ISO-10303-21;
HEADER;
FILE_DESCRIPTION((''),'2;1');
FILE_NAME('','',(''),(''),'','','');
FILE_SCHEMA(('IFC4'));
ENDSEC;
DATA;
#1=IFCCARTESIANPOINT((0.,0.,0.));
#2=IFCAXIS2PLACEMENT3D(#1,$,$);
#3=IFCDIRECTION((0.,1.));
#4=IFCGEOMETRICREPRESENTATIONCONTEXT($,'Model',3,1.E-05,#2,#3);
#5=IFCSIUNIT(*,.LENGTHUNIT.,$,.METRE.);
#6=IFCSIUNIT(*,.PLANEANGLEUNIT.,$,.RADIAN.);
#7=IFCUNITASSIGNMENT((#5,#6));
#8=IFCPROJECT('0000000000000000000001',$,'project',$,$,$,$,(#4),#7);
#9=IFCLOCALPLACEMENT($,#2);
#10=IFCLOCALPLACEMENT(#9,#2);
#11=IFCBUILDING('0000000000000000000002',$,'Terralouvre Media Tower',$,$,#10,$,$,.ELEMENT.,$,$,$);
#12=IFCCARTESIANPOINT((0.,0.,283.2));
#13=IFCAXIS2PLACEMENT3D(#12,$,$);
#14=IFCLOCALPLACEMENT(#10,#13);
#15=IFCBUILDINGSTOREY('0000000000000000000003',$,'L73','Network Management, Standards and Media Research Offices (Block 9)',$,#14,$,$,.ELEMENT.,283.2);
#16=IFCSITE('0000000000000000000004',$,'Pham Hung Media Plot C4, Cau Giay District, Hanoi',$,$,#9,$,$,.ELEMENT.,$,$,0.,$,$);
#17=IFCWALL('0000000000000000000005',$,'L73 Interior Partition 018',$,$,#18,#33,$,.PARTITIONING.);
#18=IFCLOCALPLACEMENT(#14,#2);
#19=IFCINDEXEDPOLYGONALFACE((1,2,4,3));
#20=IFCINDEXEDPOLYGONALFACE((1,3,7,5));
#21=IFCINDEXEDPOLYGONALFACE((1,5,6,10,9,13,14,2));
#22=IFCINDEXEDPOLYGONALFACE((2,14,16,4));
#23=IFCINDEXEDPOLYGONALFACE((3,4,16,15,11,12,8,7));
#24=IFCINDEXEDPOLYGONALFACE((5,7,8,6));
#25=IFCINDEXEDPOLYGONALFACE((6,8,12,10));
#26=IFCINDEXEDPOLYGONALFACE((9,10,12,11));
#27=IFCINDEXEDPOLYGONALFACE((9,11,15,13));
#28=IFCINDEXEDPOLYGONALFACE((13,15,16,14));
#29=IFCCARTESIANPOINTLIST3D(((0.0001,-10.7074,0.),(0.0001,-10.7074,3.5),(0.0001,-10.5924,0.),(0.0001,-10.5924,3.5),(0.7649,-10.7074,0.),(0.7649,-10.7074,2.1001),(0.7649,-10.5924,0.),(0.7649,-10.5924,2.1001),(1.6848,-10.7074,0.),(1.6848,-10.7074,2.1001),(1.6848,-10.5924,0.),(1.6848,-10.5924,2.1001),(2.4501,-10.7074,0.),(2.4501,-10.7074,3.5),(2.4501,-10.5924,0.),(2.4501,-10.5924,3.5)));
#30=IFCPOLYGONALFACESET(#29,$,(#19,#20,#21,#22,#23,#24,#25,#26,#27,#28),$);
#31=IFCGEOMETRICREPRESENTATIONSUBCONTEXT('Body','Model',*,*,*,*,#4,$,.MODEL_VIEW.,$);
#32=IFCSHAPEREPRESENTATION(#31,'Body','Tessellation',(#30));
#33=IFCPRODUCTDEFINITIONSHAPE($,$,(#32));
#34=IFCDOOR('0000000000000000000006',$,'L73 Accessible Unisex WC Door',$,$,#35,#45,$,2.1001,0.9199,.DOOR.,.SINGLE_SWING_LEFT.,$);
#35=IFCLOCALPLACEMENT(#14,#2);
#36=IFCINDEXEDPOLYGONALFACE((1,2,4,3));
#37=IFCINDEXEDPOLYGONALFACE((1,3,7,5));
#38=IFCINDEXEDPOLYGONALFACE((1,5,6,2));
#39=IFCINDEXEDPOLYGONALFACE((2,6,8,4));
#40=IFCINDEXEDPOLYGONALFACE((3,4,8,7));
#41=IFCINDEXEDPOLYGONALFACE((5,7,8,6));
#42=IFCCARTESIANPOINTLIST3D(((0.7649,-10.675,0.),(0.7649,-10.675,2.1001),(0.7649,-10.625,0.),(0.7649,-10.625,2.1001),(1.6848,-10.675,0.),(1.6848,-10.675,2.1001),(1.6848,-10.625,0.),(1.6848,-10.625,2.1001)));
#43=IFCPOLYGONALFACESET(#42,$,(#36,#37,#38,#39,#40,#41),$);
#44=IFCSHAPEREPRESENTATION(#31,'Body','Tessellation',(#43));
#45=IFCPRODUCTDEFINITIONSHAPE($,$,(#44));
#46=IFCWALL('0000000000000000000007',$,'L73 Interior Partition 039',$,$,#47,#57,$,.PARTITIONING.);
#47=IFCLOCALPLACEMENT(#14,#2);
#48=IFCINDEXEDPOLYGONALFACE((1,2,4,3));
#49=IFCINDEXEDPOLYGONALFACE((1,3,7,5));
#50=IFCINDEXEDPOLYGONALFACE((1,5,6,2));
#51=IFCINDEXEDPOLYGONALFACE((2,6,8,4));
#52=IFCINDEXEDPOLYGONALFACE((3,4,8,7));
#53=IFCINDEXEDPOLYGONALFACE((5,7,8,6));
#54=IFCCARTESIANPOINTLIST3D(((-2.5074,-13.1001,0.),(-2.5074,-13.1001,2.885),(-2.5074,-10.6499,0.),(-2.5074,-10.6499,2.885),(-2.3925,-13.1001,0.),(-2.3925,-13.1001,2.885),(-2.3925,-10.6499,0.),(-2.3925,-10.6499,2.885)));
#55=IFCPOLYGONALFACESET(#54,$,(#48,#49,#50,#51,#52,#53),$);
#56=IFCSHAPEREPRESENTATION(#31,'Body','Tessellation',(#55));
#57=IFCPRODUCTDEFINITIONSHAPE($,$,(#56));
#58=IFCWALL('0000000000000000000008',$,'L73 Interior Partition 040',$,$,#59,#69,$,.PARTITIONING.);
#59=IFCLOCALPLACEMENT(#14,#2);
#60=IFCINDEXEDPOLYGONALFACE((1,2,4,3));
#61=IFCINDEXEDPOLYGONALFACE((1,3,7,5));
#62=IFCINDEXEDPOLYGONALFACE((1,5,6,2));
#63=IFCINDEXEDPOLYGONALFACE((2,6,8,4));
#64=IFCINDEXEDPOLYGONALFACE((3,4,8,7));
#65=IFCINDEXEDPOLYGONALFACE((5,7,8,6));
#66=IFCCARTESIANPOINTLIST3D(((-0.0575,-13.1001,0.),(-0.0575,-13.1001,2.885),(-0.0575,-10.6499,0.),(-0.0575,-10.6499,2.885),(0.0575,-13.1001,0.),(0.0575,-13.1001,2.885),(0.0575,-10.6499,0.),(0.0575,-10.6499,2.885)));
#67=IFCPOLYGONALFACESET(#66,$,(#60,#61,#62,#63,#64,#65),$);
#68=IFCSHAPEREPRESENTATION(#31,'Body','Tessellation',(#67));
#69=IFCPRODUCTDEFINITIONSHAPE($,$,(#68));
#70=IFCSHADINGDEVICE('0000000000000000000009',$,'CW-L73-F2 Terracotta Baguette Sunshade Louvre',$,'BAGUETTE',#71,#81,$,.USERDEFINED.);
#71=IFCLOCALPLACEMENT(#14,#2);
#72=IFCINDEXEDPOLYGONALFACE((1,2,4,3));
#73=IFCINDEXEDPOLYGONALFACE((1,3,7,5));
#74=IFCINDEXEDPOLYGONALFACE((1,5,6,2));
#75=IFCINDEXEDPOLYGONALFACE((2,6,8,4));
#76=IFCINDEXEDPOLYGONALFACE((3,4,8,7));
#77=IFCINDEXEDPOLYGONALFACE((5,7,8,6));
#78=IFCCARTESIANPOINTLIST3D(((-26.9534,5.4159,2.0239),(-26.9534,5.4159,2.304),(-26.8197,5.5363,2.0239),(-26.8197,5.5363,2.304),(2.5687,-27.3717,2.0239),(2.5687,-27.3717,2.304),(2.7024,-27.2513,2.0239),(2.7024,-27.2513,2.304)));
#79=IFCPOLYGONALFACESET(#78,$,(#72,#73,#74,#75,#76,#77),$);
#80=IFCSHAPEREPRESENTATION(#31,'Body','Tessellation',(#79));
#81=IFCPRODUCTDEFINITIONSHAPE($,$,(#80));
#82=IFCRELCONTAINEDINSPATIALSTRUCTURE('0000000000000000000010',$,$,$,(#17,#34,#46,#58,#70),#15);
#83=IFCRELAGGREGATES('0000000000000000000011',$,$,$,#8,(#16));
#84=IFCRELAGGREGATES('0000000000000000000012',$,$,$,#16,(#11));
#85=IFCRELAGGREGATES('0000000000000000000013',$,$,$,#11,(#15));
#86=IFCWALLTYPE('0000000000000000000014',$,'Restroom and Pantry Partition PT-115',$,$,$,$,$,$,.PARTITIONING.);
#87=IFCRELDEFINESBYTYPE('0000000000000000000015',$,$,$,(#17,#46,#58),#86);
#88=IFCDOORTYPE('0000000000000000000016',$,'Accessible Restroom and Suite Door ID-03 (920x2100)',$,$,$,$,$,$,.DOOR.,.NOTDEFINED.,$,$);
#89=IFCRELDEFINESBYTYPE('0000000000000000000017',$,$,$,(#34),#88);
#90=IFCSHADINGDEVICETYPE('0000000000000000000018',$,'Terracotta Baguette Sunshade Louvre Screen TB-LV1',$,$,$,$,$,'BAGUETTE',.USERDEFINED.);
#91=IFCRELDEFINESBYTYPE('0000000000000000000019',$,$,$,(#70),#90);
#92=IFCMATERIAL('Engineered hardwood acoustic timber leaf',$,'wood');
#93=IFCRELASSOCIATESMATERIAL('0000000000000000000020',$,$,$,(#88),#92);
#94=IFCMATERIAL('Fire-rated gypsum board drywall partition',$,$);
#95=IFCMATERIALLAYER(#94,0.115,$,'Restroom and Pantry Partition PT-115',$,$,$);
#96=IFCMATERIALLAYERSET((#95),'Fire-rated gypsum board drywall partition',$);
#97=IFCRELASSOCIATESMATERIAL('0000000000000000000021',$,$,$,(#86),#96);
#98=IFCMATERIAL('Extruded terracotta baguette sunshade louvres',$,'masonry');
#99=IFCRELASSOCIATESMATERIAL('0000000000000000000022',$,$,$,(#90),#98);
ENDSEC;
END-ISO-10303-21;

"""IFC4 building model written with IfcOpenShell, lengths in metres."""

from ifc_helpers import new_model, si_unit, direction, frame, frame_2d, origin, origin_2d, place, context, subcontext, project, spatial, rectangle, extrude, material, layer, layer_set, type_object, element, fill, save


model = new_model("IFC4")

# Units and contexts
model_context = context("Model", 3, precision=1e-05, world=origin(), true_north=direction((0.0, 1.0)))
body_context = subcontext(model_context, "Body", "Model", "MODEL_VIEW")
ifc_project = project(units=[si_unit("LENGTHUNIT", "METRE"), si_unit("PLANEANGLEUNIT", "RADIAN")], contexts=[model_context])

# Site, building, storey
site_placement = place(None, origin())
site = spatial("IfcSite", under=ifc_project, at=site_placement, Name="Pham Hung Media Plot C4, Cau Giay District, Hanoi", CompositionType="ELEMENT", RefElevation=0.0)
building_placement = place(site_placement, origin())
building = spatial("IfcBuilding", under=site, at=building_placement, Name="Terralouvre Media Tower", CompositionType="ELEMENT")
storey_placement = place(building_placement, frame((0.0, 0.0, 283.2)))
storey = spatial("IfcBuildingStorey", under=building, at=storey_placement, Name="L73", Description="Network Management, Standards and Media Research Offices (Block 9)", CompositionType="ELEMENT", Elevation=283.2)

# Shared definitions
ifc_material_1 = material(Name="Engineered hardwood acoustic timber leaf", Category="wood")
door_type = type_object("IfcDoorType", Name="Accessible Restroom and Suite Door ID-03 (920x2100)", OperationType="NOTDEFINED", PredefinedType="DOOR", material=ifc_material_1)

# Wall, opening, door
ifc_material_2 = material(Name="Fire-rated gypsum board drywall partition")
ifc_layer_1 = layer(ifc_material_2, 0.115, Name="Restroom and Pantry Partition PT-115")
ifc_layer_set_1 = layer_set([ifc_layer_1], Name="Fire-rated gypsum board drywall partition")
wall_type_1 = type_object("IfcWallType", Name="Restroom and Pantry Partition PT-115", PredefinedType="PARTITIONING", material=ifc_layer_set_1)
wall_1_placement = place(storey_placement, frame((0.0, -10.6499, 0.0), z_axis=(0.0, 0.0, 1.0), x_axis=(1.0, 0.0, 0.0)))
wall_1 = element("IfcWall", 1, at=wall_1_placement, inside=storey, type_object=wall_type_1, Name="L73 Interior Partition 018", PredefinedType="PARTITIONING", context=body_context, shape_type="SweptSolid", body=[
    extrude(rectangle(XDim=2.45, YDim=0.115, at=frame_2d((1.2251, 0.0))), origin(), (0.0, 0.0, 1.0), 3.5),
])
opening_1_placement = place(wall_1_placement, frame((0.7649, 0.0, 0.0)))
opening_1 = element("IfcOpeningElement", 2, at=opening_1_placement, cuts=wall_1, PredefinedType="OPENING", context=body_context, shape_type="SweptSolid", body=[
    extrude(rectangle(XDim=0.9199, YDim=2.1001, at=frame_2d((0.46, 1.05))), frame((0.0, 0.0674, 0.0), z_axis=(0.0, -1.0, 0.0), x_axis=(1.0, 0.0, 0.0)), (0.0, 0.0, 1.0), 0.135),
])
door_1_placement = place(opening_1_placement, origin())
door_1 = element("IfcDoor", 3, at=door_1_placement, inside=storey, type_object=door_type, Name="L73 Accessible Unisex WC Door", OperationType="SINGLE_SWING_LEFT", OverallHeight=2.1001, OverallWidth=0.9199, PredefinedType="DOOR", context=body_context, shape_type="SweptSolid", body=[
    extrude(rectangle(XDim=0.9199, YDim=2.1001, at=frame_2d((0.46, 1.05))), frame((0.0, 0.0249, 0.0), z_axis=(0.0, -1.0, 0.0), x_axis=(1.0, 0.0, 0.0)), (0.0, 0.0, 1.0), 0.05),
])
fill(opening_1, door_1)

# Walls
for number, where, z_axis, x_axis, name in (
    (4, (-2.45, -13.1001, 0.0), (0.0, 0.0, 1.0), (0.0, 1.0, 0.0), "L73 Interior Partition 039"),
    (5, (0.0, -13.1001, 0.0), (0.0, 0.0, 1.0), (0.0, 1.0, 0.0), "L73 Interior Partition 040"),
):
    element("IfcWall", number, at=place(storey_placement, frame(where, z_axis=z_axis, x_axis=x_axis)), inside=storey, type_object=wall_type_1, Name=name, PredefinedType="PARTITIONING", context=body_context, shape_type="SweptSolid", body=[
        extrude(rectangle(XDim=2.4502, YDim=0.115, at=frame_2d((1.2251, 0.0))), origin(), (0.0, 0.0, 1.0), 2.885),
    ])

# Shading device
ifc_material_3 = material(Name="Extruded terracotta baguette sunshade louvres", Category="masonry")
shading_device_type = type_object("IfcShadingDeviceType", Name="Terracotta Baguette Sunshade Louvre Screen TB-LV1", ElementType="BAGUETTE", PredefinedType="USERDEFINED", material=ifc_material_3)
shading_device_placement = place(storey_placement, frame((-12.1255, -10.9177, 2.0239), z_axis=(0.0, 0.0, 1.0), x_axis=(0.669131, -0.743145, 0.0)))
element("IfcShadingDevice", 6, at=shading_device_placement, inside=storey, type_object=shading_device_type, Name="CW-L73-F2 Terracotta Baguette Sunshade Louvre", ObjectType="BAGUETTE", PredefinedType="USERDEFINED", context=body_context, shape_type="SweptSolid", body=[
    extrude(rectangle(XDim=44.1201, YDim=0.1799, at=origin_2d()), origin(), (0.0, 0.0, 1.0), 0.28),
])

save(model, "model.ifc")
